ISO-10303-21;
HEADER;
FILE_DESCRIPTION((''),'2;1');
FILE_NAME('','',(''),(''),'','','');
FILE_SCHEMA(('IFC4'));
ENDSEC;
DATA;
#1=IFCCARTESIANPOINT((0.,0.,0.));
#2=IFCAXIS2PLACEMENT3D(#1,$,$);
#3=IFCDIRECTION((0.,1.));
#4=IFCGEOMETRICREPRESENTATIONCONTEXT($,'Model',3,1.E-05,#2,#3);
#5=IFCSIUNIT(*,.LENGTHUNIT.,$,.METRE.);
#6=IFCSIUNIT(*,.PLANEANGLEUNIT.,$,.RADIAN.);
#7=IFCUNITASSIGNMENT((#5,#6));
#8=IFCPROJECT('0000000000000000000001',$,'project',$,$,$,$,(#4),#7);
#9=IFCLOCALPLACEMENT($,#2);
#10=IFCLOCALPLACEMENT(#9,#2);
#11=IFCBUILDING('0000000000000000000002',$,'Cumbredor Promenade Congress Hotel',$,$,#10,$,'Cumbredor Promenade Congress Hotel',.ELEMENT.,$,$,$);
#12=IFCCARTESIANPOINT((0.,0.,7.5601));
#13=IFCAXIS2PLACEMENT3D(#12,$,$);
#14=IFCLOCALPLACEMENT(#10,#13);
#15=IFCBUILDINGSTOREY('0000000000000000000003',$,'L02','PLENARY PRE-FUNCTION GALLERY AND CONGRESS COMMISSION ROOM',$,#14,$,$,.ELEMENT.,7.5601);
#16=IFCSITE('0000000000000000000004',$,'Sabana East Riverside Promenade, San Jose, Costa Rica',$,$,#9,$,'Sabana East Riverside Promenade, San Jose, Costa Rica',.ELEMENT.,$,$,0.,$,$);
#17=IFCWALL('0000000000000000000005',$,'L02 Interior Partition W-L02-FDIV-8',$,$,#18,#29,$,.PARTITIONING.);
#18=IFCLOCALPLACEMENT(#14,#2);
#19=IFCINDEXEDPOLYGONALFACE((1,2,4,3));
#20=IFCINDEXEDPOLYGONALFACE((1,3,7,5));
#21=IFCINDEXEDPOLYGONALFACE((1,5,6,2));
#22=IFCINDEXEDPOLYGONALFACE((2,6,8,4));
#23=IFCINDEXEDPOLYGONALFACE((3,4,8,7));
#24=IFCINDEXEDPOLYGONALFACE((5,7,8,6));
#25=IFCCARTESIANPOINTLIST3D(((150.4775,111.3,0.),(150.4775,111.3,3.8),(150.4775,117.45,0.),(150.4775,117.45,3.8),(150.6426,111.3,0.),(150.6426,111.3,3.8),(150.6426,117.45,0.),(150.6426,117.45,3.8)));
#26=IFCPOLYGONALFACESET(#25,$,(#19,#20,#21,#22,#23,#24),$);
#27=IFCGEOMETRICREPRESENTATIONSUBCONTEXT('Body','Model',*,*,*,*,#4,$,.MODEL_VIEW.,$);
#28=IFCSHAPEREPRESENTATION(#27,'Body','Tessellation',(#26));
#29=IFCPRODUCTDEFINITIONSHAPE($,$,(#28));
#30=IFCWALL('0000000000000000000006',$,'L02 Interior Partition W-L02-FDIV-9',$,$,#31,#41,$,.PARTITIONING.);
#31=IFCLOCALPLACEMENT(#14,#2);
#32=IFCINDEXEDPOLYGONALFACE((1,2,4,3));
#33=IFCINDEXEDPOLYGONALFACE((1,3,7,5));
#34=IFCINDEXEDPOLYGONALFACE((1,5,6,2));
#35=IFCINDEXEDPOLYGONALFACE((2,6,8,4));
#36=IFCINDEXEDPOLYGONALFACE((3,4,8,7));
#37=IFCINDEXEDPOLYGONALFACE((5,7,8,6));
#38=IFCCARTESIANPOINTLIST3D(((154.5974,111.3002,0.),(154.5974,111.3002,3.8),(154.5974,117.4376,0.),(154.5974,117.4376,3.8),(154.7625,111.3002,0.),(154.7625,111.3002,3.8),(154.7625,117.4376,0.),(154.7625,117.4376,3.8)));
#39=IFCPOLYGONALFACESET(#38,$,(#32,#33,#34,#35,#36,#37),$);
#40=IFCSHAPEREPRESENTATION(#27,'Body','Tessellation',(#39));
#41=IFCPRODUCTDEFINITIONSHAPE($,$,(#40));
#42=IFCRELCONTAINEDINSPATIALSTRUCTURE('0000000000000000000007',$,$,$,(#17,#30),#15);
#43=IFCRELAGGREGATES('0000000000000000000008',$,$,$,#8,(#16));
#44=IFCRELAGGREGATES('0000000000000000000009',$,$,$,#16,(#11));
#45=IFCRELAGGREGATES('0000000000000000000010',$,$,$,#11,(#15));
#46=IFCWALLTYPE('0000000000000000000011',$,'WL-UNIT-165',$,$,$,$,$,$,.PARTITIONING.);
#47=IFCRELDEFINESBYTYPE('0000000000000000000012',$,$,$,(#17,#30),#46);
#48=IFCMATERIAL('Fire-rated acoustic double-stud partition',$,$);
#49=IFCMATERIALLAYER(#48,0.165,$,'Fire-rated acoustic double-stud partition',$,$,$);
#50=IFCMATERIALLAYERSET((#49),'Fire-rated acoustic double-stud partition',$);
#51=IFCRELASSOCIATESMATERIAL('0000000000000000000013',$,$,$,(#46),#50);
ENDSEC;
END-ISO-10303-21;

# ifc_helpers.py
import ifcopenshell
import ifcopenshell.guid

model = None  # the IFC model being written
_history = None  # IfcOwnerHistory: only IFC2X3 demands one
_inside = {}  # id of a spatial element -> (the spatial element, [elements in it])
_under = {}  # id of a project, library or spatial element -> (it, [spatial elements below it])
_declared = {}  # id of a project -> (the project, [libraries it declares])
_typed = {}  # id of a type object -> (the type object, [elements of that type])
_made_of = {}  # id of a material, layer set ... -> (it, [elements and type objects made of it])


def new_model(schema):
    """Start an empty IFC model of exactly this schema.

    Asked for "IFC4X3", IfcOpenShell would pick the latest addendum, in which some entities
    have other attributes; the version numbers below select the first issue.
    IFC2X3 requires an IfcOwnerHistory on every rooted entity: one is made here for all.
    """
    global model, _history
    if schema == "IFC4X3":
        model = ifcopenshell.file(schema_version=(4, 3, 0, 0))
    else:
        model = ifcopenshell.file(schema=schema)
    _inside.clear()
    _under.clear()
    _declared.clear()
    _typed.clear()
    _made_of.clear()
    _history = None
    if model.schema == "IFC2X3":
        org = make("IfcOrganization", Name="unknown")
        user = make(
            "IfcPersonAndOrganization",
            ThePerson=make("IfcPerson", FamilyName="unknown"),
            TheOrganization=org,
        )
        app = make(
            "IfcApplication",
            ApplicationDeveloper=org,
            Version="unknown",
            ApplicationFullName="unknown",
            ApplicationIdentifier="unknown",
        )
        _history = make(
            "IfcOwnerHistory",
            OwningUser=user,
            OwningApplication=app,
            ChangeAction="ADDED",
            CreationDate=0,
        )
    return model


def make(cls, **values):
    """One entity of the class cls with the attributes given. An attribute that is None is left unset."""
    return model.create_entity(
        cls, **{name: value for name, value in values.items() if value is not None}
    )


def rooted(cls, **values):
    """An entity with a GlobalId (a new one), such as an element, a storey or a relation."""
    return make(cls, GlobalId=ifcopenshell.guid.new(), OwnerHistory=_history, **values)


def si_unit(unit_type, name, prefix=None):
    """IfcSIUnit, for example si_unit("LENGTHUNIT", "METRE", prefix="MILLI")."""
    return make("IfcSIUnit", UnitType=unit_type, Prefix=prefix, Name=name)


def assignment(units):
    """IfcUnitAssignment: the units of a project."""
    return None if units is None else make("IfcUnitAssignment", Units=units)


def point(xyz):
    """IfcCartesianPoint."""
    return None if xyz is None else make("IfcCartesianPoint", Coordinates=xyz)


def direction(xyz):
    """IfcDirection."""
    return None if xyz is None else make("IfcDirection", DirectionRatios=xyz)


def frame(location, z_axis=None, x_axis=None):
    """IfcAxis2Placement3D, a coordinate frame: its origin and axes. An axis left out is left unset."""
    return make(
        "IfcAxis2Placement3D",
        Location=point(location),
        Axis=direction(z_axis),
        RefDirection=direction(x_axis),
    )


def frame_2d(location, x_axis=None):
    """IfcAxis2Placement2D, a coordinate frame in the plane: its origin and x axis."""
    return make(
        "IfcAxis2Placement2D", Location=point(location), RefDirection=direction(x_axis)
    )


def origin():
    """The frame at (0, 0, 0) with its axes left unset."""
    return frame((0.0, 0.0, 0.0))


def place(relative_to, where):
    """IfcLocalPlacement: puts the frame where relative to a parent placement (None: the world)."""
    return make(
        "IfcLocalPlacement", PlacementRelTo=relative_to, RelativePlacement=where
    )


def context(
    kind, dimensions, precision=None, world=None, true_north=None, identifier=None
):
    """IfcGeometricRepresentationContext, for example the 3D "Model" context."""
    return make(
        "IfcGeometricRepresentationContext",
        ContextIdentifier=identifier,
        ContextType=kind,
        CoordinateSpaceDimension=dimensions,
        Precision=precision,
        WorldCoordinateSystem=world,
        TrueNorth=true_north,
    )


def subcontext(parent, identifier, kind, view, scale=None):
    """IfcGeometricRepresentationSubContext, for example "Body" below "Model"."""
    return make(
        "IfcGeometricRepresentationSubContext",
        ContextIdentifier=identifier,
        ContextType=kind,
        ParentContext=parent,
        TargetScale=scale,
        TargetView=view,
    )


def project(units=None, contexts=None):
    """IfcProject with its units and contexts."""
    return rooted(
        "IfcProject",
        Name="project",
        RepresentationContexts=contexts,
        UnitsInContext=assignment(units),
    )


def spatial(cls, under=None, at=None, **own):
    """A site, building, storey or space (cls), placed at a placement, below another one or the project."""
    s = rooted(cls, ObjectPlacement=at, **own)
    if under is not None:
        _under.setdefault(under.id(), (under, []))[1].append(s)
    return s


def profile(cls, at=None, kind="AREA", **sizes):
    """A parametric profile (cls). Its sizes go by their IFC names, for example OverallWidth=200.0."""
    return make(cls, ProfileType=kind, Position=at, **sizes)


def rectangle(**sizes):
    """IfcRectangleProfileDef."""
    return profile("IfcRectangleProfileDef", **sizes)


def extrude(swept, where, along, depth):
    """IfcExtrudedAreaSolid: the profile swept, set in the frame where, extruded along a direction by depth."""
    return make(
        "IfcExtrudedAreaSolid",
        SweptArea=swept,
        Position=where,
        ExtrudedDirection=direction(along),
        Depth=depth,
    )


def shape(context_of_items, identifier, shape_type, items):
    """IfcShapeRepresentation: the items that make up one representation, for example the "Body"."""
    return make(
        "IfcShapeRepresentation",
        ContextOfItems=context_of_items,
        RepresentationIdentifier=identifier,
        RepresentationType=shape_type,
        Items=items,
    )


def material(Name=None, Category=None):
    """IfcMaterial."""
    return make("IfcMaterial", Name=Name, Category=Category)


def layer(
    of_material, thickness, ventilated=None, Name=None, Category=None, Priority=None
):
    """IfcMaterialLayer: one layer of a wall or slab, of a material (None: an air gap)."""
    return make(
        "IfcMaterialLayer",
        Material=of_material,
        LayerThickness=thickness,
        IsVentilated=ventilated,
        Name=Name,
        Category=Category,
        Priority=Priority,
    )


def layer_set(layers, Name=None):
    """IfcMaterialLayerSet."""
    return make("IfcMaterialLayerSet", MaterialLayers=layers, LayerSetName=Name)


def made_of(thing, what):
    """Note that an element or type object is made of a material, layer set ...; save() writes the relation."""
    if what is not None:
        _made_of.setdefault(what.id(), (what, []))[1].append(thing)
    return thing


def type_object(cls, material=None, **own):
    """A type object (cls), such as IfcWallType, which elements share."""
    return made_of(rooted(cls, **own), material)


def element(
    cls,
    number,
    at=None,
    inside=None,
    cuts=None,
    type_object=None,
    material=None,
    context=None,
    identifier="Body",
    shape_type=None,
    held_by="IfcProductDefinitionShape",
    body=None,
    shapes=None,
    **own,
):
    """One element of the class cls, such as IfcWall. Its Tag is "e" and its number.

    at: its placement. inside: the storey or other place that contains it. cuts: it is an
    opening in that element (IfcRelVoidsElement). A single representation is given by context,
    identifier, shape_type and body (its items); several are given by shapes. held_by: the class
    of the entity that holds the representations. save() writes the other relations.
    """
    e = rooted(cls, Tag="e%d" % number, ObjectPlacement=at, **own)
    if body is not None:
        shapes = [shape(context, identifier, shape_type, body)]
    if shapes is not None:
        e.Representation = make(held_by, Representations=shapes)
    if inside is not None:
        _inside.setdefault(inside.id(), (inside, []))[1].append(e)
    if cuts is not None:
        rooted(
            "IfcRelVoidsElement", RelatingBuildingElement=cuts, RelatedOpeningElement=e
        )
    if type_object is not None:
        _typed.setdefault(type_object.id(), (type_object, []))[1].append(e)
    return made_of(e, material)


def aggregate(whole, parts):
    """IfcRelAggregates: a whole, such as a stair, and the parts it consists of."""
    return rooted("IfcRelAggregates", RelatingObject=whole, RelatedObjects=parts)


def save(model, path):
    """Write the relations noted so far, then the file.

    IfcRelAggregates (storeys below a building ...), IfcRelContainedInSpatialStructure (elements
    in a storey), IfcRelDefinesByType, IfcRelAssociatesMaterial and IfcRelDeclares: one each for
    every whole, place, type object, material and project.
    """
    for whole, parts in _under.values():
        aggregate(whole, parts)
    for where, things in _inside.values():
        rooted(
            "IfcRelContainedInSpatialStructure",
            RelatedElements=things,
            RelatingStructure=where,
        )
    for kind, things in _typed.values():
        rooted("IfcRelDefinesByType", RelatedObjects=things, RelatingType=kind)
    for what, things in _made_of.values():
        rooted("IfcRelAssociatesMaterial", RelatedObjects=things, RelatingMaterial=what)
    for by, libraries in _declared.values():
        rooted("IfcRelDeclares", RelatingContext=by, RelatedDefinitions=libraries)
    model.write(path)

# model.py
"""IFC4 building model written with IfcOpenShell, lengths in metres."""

from ifc_helpers import new_model, si_unit, direction, frame, frame_2d, origin, place, context, subcontext, project, spatial, rectangle, extrude, material, layer, layer_set, type_object, element, save


model = new_model("IFC4")

# Units and contexts
model_context = context("Model", 3, precision=1e-05, world=origin(), true_north=direction((0.0, 1.0)))
body_context = subcontext(model_context, "Body", "Model", "MODEL_VIEW")
ifc_project = project(units=[si_unit("LENGTHUNIT", "METRE"), si_unit("PLANEANGLEUNIT", "RADIAN")], contexts=[model_context])

# Site, building, storey
site_placement = place(None, origin())
site = spatial("IfcSite", under=ifc_project, at=site_placement, Name="Sabana East Riverside Promenade, San Jose, Costa Rica", LongName="Sabana East Riverside Promenade, San Jose, Costa Rica", CompositionType="ELEMENT", RefElevation=0.0)
building_placement = place(site_placement, origin())
building = spatial("IfcBuilding", under=site, at=building_placement, Name="Cumbredor Promenade Congress Hotel", LongName="Cumbredor Promenade Congress Hotel", CompositionType="ELEMENT")
storey_placement = place(building_placement, frame((0.0, 0.0, 7.5601)))
storey = spatial("IfcBuildingStorey", under=building, at=storey_placement, Name="L02", Description="PLENARY PRE-FUNCTION GALLERY AND CONGRESS COMMISSION ROOM", CompositionType="ELEMENT", Elevation=7.5601)

# Walls
ifc_material_1 = material(Name="Fire-rated acoustic double-stud partition")
ifc_layer_1 = layer(ifc_material_1, 0.165, Name="Fire-rated acoustic double-stud partition")
ifc_layer_set_1 = layer_set([ifc_layer_1], Name="Fire-rated acoustic double-stud partition")
wall_type_1 = type_object("IfcWallType", Name="WL-UNIT-165", PredefinedType="PARTITIONING", material=ifc_layer_set_1)
for number, where, z_axis, x_axis, name in (
    (1, (150.5601, 111.3, 0.0), (0.0, 0.0, 1.0), (0.0, 1.0, 0.0), "L02 Interior Partition W-L02-FDIV-8"),
):
    element("IfcWall", number, at=place(storey_placement, frame(where, z_axis=z_axis, x_axis=x_axis)), inside=storey, type_object=wall_type_1, Name=name, PredefinedType="PARTITIONING", context=body_context, shape_type="SweptSolid", body=[
        extrude(rectangle(XDim=6.1499, YDim=0.165, at=frame_2d((3.075, 0.0))), origin(), (0.0, 0.0, 1.0), 3.8),
    ])
wall_1_placement = place(storey_placement, frame((154.6799, 111.3, 0.0), z_axis=(0.0, 0.0, 1.0), x_axis=(0.0, 1.0, 0.0)))
element("IfcWall", 2, at=wall_1_placement, inside=storey, type_object=wall_type_1, Name="L02 Interior Partition W-L02-FDIV-9", PredefinedType="PARTITIONING", context=body_context, shape_type="SweptSolid", body=[
    extrude(rectangle(XDim=6.1375, YDim=0.165, at=frame_2d((3.0688, 0.0))), origin(), (0.0, 0.0, 1.0), 3.8),
])

save(model, "model.ifc")
